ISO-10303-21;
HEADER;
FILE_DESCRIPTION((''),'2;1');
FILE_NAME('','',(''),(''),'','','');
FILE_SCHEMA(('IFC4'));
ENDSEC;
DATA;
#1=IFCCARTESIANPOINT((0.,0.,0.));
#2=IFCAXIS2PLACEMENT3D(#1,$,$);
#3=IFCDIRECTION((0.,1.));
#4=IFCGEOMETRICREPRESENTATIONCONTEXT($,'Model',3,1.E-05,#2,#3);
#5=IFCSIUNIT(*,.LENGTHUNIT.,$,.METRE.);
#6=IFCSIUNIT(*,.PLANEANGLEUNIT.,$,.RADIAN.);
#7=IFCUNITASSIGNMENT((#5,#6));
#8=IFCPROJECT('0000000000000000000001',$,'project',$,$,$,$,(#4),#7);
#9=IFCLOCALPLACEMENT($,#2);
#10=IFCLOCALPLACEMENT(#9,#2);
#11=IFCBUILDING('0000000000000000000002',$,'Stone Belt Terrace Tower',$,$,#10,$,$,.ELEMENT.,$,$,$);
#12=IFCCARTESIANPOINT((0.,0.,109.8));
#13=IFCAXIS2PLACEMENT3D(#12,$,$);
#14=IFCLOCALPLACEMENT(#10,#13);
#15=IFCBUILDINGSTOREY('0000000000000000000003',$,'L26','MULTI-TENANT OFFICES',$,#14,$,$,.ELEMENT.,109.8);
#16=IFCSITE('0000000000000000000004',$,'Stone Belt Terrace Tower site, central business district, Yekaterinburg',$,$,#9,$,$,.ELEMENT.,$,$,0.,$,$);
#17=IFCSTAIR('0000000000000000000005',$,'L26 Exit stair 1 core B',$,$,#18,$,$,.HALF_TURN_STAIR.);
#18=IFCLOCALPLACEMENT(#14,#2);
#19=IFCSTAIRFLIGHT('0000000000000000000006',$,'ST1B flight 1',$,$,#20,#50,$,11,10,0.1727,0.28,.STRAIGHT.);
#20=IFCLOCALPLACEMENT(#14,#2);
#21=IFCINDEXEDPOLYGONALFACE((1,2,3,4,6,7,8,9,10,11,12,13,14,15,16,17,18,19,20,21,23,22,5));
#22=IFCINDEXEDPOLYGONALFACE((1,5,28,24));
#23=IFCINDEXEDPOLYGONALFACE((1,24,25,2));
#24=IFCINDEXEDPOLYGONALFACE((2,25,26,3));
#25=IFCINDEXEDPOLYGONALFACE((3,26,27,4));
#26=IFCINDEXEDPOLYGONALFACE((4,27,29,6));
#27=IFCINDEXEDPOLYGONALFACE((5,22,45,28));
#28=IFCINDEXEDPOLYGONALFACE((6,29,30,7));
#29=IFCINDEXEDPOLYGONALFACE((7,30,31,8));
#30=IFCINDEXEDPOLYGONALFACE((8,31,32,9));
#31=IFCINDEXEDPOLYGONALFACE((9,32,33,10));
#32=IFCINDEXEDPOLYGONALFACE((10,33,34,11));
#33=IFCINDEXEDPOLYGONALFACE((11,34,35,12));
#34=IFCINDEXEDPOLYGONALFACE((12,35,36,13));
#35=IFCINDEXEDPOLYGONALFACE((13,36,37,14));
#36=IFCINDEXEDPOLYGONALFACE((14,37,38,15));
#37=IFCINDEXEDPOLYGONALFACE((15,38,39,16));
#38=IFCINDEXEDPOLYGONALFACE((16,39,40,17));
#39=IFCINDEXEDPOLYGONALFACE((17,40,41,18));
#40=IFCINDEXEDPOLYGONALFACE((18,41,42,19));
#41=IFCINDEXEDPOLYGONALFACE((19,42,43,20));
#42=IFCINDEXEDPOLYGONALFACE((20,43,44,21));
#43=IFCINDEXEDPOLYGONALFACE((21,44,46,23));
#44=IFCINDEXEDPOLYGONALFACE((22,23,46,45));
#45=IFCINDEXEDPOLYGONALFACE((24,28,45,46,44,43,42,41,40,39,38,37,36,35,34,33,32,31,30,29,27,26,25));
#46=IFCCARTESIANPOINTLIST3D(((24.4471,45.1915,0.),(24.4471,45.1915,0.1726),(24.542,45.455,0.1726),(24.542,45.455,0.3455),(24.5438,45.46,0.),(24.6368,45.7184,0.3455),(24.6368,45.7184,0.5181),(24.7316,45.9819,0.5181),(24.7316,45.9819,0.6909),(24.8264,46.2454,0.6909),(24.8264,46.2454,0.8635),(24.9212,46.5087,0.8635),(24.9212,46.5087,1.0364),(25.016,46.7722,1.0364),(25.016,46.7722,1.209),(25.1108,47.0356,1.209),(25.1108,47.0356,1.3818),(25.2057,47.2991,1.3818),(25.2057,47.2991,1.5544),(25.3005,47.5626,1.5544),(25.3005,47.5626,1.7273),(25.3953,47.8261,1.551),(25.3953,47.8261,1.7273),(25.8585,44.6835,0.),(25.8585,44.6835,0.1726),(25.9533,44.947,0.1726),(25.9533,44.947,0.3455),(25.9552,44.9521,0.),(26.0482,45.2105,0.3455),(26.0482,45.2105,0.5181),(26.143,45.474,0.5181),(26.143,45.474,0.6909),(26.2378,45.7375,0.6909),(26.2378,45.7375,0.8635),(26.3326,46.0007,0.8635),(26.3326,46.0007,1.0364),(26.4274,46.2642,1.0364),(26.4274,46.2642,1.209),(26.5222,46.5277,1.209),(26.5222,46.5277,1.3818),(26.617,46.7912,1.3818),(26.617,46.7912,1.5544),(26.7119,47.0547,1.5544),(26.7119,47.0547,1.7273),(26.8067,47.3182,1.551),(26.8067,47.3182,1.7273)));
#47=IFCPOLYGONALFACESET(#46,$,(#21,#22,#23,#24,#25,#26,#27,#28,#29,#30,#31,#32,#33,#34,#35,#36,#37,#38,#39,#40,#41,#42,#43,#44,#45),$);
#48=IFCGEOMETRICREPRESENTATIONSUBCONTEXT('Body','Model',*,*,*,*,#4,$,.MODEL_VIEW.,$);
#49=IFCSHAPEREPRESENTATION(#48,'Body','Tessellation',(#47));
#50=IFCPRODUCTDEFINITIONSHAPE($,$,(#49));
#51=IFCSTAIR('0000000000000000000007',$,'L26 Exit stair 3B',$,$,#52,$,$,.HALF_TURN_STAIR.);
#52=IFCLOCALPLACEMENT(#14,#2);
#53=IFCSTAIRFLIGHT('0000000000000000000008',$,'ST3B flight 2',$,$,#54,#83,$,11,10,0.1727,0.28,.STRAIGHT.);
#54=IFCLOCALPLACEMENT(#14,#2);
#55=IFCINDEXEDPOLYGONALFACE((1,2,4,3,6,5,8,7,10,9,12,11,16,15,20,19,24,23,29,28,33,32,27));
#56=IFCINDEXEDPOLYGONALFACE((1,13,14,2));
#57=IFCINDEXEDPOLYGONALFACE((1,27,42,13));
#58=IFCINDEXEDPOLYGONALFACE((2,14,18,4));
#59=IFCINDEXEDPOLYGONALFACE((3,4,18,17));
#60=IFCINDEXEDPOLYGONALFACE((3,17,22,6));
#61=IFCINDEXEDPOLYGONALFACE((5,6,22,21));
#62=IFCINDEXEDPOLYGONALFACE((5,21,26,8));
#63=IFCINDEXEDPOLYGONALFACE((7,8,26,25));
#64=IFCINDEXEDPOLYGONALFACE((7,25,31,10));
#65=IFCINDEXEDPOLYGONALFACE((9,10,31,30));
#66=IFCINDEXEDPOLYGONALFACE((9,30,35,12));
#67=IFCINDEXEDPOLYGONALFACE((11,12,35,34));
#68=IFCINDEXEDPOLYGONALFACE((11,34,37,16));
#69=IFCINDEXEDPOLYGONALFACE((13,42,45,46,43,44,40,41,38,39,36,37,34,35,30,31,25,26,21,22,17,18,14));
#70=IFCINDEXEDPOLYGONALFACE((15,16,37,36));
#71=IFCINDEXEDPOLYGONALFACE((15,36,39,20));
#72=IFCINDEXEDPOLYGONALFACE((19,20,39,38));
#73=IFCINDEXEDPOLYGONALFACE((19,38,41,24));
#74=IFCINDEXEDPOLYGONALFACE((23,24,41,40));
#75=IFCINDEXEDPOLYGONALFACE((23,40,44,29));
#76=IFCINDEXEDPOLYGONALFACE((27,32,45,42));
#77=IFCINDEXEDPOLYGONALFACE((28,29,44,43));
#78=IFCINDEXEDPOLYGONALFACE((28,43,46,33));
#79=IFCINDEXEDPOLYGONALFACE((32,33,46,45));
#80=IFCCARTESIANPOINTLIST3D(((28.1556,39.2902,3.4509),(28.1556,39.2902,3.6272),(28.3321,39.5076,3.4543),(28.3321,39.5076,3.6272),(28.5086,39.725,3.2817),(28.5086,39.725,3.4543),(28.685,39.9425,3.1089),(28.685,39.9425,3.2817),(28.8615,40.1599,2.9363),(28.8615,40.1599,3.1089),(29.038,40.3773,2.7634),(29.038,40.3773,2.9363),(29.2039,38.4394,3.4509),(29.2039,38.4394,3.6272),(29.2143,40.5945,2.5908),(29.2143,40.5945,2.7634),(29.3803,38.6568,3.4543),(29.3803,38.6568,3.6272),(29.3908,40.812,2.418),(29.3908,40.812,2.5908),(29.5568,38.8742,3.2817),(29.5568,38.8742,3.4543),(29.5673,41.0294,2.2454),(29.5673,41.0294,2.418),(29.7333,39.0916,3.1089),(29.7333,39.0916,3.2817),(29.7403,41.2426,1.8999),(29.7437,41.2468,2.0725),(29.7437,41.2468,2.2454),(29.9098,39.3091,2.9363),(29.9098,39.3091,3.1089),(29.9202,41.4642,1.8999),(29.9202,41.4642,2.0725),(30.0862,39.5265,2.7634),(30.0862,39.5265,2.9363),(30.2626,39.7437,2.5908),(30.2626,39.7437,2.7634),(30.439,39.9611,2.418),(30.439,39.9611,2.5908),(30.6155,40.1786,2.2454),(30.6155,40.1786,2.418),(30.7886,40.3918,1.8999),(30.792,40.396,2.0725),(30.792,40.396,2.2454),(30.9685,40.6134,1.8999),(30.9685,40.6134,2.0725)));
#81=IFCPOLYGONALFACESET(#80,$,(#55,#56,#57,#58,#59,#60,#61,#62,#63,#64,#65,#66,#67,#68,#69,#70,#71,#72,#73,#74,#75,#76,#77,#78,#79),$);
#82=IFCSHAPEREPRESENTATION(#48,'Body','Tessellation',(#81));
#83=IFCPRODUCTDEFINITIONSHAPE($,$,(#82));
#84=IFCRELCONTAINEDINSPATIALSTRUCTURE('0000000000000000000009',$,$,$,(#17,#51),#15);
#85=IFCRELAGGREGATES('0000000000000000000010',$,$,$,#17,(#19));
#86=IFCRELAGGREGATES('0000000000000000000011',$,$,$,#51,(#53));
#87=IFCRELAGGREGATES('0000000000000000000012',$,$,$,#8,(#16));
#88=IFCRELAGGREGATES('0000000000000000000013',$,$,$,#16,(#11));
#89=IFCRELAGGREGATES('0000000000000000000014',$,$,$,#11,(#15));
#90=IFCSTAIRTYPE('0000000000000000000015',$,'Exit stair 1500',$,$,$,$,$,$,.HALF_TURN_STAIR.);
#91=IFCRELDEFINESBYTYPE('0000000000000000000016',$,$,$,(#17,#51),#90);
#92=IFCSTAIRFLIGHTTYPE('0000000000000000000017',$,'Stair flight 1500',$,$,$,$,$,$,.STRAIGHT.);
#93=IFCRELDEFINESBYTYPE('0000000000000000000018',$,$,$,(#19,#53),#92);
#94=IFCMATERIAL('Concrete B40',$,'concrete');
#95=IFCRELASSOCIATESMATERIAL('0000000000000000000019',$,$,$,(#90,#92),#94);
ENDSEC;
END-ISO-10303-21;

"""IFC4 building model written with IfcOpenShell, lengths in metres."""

from ifc_helpers import new_model, si_unit, direction, frame, origin, place, context, subcontext, project, spatial, polyline, outline, extrude, material, type_object, element, aggregate, save


model = new_model("IFC4")

# Units and contexts
model_context = context("Model", 3, precision=1e-05, world=origin(), true_north=direction((0.0, 1.0)))
body_context = subcontext(model_context, "Body", "Model", "MODEL_VIEW")
ifc_project = project(units=[si_unit("LENGTHUNIT", "METRE"), si_unit("PLANEANGLEUNIT", "RADIAN")], contexts=[model_context])

# Site, building, storey
site_placement = place(None, origin())
site = spatial("IfcSite", under=ifc_project, at=site_placement, Name="Stone Belt Terrace Tower site, central business district, Yekaterinburg", CompositionType="ELEMENT", RefElevation=0.0)
building_placement = place(site_placement, origin())
building = spatial("IfcBuilding", under=site, at=building_placement, Name="Stone Belt Terrace Tower", CompositionType="ELEMENT")
storey_placement = place(building_placement, frame((0.0, 0.0, 109.8)))
storey = spatial("IfcBuildingStorey", under=building, at=storey_placement, Name="L26", Description="MULTI-TENANT OFFICES", CompositionType="ELEMENT", Elevation=109.8)

# Stairs, stair flights
ifc_material_1 = material(Name="Concrete B40", Category="concrete")
stair_type = type_object("IfcStairType", Name="Exit stair 1500", PredefinedType="HALF_TURN_STAIR", material=ifc_material_1)
stair_1_placement = place(storey_placement, origin())
stair_1 = element("IfcStair", 1, at=stair_1_placement, inside=storey, type_object=stair_type, Name="L26 Exit stair 1 core B", PredefinedType="HALF_TURN_STAIR")
stair_flight_type = type_object("IfcStairFlightType", Name="Stair flight 1500", PredefinedType="STRAIGHT", material=ifc_material_1)
stair_flight_1_placement = place(storey_placement, frame((25.1528, 44.9375, 0.0), z_axis=(0.0, 0.0, 1.0), x_axis=(0.338624, 0.940922, 0.0)))
stair_flight_1 = element("IfcStairFlight", 2, at=stair_flight_1_placement, type_object=stair_flight_type, Name="ST1B flight 1", NumberOfRisers=11, NumberOfTreads=10, PredefinedType="STRAIGHT", RiserHeight=0.1727, TreadLength=0.28, context=body_context, shape_type="SweptSolid", body=[
    extrude(outline(polyline([(0.0, 0.0), (0.0, 0.1726), (0.28, 0.1726), (0.28, 0.3455), (0.5601, 0.3455), (0.5601, 0.5181), (0.8401, 0.5181), (0.8401, 0.6909), (1.1201, 0.6909), (1.1201, 0.8635), (1.3999, 0.8635), (1.3999, 1.0364), (1.6799, 1.0364), (1.6799, 1.209), (1.96, 1.209), (1.96, 1.3818), (2.24, 1.3818), (2.24, 1.5544), (2.52, 1.5544), (2.52, 1.7273), (2.8, 1.7273), (2.8, 1.8999), (2.8, 1.551), (0.2854, 0.0), (0.0, 0.0)])), frame((0.0, 0.75, 0.0), z_axis=(0.0, -1.0, 0.0), x_axis=(1.0, 0.0, 0.0)), (0.0, 0.0, 1.0), 1.5),
])
aggregate(stair_1, [stair_flight_1])
stair_2_placement = place(storey_placement, origin())
stair_2 = element("IfcStair", 3, at=stair_2_placement, inside=storey, type_object=stair_type, Name="L26 Exit stair 3B", PredefinedType="HALF_TURN_STAIR")
stair_flight_2_placement = place(storey_placement, frame((30.4443, 41.0388, 1.8999), z_axis=(0.0, 0.0, 1.0), x_axis=(-0.630206, -0.776428, 0.0)))
stair_flight_2 = element("IfcStairFlight", 4, at=stair_flight_2_placement, type_object=stair_flight_type, Name="ST3B flight 2", NumberOfRisers=11, NumberOfTreads=10, PredefinedType="STRAIGHT", RiserHeight=0.1727, TreadLength=0.28, context=body_context, shape_type="SweptSolid", body=[
    extrude(outline(polyline([(0.0, 0.0), (0.0, 0.1726), (0.28, 0.1726), (0.28, 0.3455), (0.5601, 0.3455), (0.5601, 0.5181), (0.8401, 0.5181), (0.8401, 0.6909), (1.1201, 0.6909), (1.1201, 0.8635), (1.3999, 0.8635), (1.3999, 1.0364), (1.6799, 1.0364), (1.6799, 1.209), (1.96, 1.209), (1.96, 1.3818), (2.24, 1.3818), (2.24, 1.5544), (2.52, 1.5544), (2.52, 1.7273), (2.8, 1.7273), (2.8, 1.8999), (2.8, 1.551), (0.2854, 0.0), (0.0, 0.0)])), frame((0.0, 0.675, 0.0), z_axis=(0.0, -1.0, 0.0), x_axis=(1.0, 0.0, 0.0)), (0.0, 0.0, 1.0), 1.3501),
])
aggregate(stair_2, [stair_flight_2])

save(model, "model.ifc")
